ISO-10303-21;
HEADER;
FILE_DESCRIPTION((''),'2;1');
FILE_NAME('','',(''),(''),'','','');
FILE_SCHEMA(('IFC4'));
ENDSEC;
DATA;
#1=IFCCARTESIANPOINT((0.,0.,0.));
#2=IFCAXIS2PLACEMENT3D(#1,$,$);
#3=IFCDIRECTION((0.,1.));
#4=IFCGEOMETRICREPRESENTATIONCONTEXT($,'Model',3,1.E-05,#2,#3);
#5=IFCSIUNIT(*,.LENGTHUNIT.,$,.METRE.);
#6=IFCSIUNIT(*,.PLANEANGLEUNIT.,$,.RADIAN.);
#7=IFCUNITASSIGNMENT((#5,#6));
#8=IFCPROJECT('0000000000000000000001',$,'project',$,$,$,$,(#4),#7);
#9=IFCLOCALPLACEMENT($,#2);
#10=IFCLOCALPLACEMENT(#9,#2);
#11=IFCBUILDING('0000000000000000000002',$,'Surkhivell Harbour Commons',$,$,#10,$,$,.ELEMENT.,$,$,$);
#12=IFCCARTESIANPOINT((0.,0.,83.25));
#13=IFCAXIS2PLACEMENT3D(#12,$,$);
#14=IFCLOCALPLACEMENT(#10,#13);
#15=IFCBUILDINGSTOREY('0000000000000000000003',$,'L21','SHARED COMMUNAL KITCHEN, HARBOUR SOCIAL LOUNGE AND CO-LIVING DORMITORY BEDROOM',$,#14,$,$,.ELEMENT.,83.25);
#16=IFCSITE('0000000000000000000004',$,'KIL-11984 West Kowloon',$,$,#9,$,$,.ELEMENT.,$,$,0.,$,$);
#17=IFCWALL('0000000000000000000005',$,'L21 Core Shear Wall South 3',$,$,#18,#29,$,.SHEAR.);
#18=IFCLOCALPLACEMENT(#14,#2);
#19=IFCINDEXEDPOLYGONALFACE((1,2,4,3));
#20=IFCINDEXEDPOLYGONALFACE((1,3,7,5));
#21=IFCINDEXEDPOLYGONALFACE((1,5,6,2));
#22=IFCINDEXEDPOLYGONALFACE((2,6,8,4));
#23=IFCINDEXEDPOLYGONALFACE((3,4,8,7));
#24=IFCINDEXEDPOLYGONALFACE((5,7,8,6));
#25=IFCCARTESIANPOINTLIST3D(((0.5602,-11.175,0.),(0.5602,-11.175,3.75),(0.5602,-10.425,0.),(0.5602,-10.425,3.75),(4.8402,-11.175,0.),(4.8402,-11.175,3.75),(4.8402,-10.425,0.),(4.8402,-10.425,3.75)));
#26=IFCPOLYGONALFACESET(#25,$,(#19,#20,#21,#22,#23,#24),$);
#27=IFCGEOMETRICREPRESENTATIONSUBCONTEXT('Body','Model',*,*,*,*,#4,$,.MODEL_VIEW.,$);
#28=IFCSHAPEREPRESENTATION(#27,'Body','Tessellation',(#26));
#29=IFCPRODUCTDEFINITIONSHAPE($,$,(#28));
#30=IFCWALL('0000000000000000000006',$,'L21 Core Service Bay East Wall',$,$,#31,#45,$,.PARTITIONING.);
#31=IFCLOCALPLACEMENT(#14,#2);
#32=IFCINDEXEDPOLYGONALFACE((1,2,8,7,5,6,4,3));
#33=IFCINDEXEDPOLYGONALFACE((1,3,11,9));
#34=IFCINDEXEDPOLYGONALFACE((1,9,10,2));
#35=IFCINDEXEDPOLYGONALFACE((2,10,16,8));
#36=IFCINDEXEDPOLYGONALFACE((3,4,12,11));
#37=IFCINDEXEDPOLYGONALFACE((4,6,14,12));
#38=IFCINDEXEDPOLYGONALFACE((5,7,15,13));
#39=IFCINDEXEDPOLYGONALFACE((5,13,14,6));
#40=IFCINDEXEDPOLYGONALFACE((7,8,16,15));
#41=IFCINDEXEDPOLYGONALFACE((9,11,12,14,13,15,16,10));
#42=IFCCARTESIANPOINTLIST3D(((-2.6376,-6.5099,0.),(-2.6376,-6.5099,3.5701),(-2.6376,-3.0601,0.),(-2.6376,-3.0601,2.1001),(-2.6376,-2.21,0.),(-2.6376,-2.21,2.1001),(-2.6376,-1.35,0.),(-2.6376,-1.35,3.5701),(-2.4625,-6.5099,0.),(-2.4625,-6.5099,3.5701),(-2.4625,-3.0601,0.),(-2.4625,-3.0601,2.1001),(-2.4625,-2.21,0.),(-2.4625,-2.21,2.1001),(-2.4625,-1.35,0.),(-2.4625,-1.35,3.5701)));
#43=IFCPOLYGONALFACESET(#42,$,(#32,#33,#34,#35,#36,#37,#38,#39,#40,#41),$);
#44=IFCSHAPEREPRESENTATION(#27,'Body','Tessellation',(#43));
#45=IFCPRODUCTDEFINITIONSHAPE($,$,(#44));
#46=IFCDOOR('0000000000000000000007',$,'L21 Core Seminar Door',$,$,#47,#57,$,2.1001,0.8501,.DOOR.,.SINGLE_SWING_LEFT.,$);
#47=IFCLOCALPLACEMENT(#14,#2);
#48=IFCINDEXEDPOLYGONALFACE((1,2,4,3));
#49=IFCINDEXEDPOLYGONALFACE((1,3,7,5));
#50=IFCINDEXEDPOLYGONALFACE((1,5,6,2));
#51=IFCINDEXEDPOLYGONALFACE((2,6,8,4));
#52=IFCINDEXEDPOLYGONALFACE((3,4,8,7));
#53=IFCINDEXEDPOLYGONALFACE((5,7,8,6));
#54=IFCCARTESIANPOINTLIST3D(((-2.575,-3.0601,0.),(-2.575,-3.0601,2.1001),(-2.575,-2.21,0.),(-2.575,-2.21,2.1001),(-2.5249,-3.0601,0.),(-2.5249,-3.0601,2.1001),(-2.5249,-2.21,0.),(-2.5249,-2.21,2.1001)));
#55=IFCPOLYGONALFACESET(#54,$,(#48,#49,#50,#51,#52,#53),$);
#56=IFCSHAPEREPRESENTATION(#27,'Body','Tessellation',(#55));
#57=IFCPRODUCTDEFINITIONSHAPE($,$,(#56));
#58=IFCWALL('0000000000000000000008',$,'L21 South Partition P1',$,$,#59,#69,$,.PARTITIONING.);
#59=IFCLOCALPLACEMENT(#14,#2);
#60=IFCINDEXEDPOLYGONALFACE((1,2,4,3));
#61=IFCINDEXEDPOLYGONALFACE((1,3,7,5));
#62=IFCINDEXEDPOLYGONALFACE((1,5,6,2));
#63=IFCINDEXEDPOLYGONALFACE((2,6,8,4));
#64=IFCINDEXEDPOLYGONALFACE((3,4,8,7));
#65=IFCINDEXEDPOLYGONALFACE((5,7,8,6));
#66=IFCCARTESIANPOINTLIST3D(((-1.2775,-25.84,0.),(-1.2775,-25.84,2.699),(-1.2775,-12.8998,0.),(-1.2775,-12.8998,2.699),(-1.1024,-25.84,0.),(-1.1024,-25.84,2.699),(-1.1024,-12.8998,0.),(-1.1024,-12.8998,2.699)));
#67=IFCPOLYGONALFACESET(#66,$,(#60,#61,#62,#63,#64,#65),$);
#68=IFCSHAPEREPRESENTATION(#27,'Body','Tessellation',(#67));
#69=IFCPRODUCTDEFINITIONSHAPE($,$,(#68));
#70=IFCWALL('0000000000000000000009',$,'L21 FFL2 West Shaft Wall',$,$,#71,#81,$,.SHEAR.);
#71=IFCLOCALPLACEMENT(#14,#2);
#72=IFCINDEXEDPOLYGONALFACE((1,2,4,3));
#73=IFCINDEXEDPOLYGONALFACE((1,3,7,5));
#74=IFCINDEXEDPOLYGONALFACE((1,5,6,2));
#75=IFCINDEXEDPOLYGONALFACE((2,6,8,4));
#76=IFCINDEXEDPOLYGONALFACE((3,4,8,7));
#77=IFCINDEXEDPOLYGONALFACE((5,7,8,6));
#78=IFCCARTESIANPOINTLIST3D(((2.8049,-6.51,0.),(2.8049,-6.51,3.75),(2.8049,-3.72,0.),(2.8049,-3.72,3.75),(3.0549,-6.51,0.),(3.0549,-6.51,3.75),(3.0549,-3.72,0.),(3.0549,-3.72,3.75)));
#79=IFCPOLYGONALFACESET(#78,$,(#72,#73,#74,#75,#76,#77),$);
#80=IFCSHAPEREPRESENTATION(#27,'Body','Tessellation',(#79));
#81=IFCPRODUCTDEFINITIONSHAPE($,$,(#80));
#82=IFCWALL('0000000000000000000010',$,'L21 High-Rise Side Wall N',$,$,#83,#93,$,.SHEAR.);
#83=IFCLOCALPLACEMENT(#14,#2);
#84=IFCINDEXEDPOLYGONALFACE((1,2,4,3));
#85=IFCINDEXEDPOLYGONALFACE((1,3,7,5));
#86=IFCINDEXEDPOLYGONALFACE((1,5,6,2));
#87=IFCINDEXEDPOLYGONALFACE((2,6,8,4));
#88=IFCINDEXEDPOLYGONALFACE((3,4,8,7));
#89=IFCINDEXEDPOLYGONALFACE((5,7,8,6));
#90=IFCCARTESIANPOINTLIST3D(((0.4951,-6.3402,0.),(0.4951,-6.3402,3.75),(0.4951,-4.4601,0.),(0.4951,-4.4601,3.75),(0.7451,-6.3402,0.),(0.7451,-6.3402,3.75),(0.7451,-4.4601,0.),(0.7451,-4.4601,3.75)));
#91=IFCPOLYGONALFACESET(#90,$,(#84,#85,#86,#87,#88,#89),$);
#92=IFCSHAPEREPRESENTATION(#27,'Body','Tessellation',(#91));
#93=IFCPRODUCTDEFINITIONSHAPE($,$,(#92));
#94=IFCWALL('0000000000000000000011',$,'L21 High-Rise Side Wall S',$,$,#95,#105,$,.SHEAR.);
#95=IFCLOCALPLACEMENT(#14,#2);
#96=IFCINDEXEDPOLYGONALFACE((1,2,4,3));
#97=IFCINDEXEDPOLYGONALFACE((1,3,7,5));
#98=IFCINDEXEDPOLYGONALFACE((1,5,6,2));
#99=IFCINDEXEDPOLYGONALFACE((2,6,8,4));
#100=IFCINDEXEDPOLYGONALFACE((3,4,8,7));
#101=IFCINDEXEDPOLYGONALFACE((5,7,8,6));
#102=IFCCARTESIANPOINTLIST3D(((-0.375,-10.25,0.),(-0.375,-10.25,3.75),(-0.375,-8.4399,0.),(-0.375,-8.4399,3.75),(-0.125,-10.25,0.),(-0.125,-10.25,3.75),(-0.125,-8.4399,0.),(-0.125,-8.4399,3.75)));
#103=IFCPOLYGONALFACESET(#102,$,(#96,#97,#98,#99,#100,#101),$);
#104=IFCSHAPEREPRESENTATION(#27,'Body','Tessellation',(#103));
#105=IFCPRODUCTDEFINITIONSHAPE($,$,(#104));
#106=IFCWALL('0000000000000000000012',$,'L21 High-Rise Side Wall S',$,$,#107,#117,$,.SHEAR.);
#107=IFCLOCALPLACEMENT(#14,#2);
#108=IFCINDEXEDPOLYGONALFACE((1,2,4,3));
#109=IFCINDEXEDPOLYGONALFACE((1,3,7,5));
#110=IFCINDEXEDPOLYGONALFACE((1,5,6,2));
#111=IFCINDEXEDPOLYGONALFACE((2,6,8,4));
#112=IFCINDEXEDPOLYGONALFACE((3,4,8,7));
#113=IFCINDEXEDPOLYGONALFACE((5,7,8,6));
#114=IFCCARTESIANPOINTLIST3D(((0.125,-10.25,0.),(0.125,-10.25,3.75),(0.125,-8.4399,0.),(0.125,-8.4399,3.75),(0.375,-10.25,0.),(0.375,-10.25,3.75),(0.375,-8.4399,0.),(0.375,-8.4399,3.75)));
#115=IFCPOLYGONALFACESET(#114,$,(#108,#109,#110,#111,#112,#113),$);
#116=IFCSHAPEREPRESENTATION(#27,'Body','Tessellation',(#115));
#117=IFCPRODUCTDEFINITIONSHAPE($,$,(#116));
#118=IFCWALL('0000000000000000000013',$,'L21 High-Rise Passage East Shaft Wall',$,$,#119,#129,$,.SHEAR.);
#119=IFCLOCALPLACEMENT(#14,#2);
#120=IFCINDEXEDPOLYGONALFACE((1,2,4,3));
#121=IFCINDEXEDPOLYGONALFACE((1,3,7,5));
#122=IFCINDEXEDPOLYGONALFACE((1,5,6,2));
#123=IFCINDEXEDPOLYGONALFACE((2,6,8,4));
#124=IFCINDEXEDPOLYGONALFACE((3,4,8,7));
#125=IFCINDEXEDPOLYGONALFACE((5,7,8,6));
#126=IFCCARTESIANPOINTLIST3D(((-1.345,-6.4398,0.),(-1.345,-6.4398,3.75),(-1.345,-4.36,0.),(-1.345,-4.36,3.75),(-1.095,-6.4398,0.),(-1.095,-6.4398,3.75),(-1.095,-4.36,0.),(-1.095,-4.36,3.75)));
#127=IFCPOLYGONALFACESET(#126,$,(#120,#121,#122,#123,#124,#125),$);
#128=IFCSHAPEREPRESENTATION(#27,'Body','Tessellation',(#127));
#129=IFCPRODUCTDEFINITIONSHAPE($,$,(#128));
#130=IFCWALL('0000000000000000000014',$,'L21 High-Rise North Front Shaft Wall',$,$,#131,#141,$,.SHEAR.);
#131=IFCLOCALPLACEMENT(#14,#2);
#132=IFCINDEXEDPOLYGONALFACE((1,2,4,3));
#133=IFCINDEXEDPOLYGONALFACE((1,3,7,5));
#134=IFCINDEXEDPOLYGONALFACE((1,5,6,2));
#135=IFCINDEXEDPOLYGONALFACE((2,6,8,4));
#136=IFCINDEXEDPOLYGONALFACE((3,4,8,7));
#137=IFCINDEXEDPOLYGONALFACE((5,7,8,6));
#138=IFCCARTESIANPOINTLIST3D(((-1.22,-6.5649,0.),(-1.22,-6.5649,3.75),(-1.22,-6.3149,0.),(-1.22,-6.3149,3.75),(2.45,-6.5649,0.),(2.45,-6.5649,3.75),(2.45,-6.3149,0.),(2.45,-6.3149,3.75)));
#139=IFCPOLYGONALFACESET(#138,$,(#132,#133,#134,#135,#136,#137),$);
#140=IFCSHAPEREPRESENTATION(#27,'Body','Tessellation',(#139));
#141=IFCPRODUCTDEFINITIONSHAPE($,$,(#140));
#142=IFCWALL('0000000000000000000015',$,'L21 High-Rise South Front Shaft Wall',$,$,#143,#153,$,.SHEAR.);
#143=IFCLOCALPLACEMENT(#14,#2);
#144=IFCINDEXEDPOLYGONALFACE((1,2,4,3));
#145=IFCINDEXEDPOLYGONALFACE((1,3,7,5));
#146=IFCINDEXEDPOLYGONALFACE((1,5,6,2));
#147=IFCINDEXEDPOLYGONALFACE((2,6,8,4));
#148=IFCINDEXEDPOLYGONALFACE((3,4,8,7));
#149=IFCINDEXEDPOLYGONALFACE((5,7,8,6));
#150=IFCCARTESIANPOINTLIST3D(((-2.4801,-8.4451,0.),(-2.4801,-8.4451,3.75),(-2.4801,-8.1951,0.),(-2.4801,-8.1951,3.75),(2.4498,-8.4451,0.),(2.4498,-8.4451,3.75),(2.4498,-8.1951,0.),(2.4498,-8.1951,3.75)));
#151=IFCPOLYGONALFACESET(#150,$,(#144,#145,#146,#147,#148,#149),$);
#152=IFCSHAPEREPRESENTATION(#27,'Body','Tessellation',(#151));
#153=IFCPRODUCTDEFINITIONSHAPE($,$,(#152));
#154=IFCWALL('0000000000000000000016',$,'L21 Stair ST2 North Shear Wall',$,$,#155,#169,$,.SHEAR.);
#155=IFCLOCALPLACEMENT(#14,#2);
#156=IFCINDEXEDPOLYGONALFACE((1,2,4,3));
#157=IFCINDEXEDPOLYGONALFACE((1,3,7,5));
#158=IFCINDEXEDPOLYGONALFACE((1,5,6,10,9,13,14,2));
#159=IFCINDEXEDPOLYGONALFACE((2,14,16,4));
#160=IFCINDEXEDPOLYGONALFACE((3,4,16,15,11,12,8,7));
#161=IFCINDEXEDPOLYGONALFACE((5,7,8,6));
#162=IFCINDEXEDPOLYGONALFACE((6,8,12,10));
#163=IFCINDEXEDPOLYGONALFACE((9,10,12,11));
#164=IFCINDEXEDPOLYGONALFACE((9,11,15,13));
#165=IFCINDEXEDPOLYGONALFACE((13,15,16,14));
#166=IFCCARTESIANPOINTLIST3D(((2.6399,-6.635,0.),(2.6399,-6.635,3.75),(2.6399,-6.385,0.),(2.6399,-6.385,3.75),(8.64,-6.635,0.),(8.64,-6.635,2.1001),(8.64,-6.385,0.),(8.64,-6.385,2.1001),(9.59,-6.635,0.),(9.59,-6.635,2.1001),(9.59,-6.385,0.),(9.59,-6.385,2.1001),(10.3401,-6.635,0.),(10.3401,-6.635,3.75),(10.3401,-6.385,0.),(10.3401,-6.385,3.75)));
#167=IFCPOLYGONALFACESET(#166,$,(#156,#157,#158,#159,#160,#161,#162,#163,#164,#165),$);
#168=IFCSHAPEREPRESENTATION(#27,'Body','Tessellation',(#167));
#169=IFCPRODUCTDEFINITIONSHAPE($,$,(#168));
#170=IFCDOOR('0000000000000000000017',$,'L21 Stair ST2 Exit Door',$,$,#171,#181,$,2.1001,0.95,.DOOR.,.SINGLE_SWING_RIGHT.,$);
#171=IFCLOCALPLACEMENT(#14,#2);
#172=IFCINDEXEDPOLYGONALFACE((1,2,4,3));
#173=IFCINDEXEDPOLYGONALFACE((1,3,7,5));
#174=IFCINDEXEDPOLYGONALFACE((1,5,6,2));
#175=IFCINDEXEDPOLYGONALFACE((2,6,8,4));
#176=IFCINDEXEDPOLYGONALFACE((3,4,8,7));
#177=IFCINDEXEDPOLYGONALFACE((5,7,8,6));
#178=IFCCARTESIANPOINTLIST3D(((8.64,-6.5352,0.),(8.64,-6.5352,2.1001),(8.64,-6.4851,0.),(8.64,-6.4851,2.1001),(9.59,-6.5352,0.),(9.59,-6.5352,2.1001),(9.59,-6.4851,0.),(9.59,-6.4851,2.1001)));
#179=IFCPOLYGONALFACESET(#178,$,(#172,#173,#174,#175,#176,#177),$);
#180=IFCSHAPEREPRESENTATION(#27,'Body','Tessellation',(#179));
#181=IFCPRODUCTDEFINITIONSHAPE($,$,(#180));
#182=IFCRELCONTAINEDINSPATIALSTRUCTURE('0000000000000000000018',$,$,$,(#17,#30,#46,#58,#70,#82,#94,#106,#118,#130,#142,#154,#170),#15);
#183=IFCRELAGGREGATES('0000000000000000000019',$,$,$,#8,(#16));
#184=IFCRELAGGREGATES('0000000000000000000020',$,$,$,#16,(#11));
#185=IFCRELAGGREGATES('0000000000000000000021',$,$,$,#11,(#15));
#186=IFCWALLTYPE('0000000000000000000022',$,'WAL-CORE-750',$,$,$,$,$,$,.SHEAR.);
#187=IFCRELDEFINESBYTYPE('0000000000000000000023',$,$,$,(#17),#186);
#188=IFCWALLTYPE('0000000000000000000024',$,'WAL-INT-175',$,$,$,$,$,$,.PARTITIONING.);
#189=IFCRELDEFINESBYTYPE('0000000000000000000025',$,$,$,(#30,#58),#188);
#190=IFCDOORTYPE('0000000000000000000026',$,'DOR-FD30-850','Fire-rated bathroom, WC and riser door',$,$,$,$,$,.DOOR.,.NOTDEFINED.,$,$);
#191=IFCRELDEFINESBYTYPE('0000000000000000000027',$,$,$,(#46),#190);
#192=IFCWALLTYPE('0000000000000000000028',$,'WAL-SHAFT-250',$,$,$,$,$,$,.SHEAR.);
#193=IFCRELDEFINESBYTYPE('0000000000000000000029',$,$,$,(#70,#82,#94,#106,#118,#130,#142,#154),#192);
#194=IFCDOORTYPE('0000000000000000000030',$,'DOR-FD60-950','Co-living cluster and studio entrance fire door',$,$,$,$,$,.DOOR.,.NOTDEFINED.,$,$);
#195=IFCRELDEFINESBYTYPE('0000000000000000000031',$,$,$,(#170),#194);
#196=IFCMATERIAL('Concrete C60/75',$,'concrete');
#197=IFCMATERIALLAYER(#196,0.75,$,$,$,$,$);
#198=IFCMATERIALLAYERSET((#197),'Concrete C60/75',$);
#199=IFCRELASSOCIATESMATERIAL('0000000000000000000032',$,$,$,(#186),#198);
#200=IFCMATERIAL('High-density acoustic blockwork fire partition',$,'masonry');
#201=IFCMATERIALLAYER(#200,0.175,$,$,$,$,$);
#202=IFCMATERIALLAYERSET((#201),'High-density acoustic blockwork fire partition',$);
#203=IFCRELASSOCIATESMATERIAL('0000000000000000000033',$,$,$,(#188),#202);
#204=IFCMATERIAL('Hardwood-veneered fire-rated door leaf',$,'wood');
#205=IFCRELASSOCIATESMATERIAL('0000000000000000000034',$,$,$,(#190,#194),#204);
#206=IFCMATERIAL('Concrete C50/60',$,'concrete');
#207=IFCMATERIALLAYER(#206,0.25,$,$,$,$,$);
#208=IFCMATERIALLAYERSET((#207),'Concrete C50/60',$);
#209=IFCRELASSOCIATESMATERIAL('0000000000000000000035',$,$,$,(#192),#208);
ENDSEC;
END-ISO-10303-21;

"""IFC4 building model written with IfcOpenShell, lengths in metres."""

from ifc_helpers import new_model, si_unit, direction, frame, frame_2d, origin, place, context, subcontext, project, spatial, rectangle, extrude, material, layer, layer_set, type_object, element, fill, save


model = new_model("IFC4")

# Units and contexts
model_context = context("Model", 3, precision=1e-05, world=origin(), true_north=direction((0.0, 1.0)))
body_context = subcontext(model_context, "Body", "Model", "MODEL_VIEW")
ifc_project = project(units=[si_unit("LENGTHUNIT", "METRE"), si_unit("PLANEANGLEUNIT", "RADIAN")], contexts=[model_context])

# Site, building, storey
site_placement = place(None, origin())
site = spatial("IfcSite", under=ifc_project, at=site_placement, Name="KIL-11984 West Kowloon", CompositionType="ELEMENT", RefElevation=0.0)
building_placement = place(site_placement, origin())
building = spatial("IfcBuilding", under=site, at=building_placement, Name="Surkhivell Harbour Commons", CompositionType="ELEMENT")
storey_placement = place(building_placement, frame((0.0, 0.0, 83.25)))
storey = spatial("IfcBuildingStorey", under=building, at=storey_placement, Name="L21", Description="SHARED COMMUNAL KITCHEN, HARBOUR SOCIAL LOUNGE AND CO-LIVING DORMITORY BEDROOM", CompositionType="ELEMENT", Elevation=83.25)

# Shared definitions
ifc_material_1 = material(Name="Concrete C60/75", Category="concrete")

# Wall
ifc_layer_1 = layer(ifc_material_1, 0.75)
ifc_layer_set_1 = layer_set([ifc_layer_1], Name="Concrete C60/75")
wall_type_1 = type_object("IfcWallType", Name="WAL-CORE-750", PredefinedType="SHEAR", material=ifc_layer_set_1)
wall_1_placement = place(storey_placement, frame((0.5601, -10.8, 0.0), z_axis=(0.0, 0.0, 1.0), x_axis=(1.0, 0.0, 0.0)))
element("IfcWall", 1, at=wall_1_placement, inside=storey, type_object=wall_type_1, Name="L21 Core Shear Wall South 3", PredefinedType="SHEAR", context=body_context, shape_type="SweptSolid", body=[
    extrude(rectangle(XDim=4.28, YDim=0.75, at=frame_2d((2.1401, 0.0))), origin(), (0.0, 0.0, 1.0), 3.75),
])

# Wall, opening, door
ifc_material_2 = material(Name="High-density acoustic blockwork fire partition", Category="masonry")
ifc_layer_2 = layer(ifc_material_2, 0.175)
ifc_layer_set_2 = layer_set([ifc_layer_2], Name="High-density acoustic blockwork fire partition")
wall_type_2 = type_object("IfcWallType", Name="WAL-INT-175", PredefinedType="PARTITIONING", material=ifc_layer_set_2)
wall_2_placement = place(storey_placement, frame((-2.55, -6.51, 0.0), z_axis=(0.0, 0.0, 1.0), x_axis=(0.0, 1.0, 0.0)))
wall_2 = element("IfcWall", 2, at=wall_2_placement, inside=storey, type_object=wall_type_2, Name="L21 Core Service Bay East Wall", PredefinedType="PARTITIONING", context=body_context, shape_type="SweptSolid", body=[
    extrude(rectangle(XDim=5.1599, YDim=0.175, at=frame_2d((2.5801, 0.0))), origin(), (0.0, 0.0, 1.0), 3.5701),
])
opening_1_placement = place(wall_2_placement, frame((3.45, 0.0, 0.0)))
opening_1 = element("IfcOpeningElement", 3, at=opening_1_placement, cuts=wall_2, PredefinedType="OPENING", context=body_context, shape_type="SweptSolid", body=[
    extrude(rectangle(XDim=0.8501, YDim=2.1001, at=frame_2d((0.425, 1.05))), frame((0.0, 0.0974, 0.0), z_axis=(0.0, -1.0, 0.0), x_axis=(1.0, 0.0, 0.0)), (0.0, 0.0, 1.0), 0.1951),
])
ifc_material_3 = material(Name="Hardwood-veneered fire-rated door leaf", Category="wood")
door_type_1 = type_object("IfcDoorType", Name="DOR-FD30-850", Description="Fire-rated bathroom, WC and riser door", OperationType="NOTDEFINED", PredefinedType="DOOR", material=ifc_material_3)
door_1_placement = place(opening_1_placement, origin())
door_1 = element("IfcDoor", 4, at=door_1_placement, inside=storey, type_object=door_type_1, Name="L21 Core Seminar Door", OperationType="SINGLE_SWING_LEFT", OverallHeight=2.1001, OverallWidth=0.8501, PredefinedType="DOOR", context=body_context, shape_type="SweptSolid", body=[
    extrude(rectangle(XDim=0.8501, YDim=2.1001, at=frame_2d((0.425, 1.05))), frame((0.0, 0.0249, 0.0), z_axis=(0.0, -1.0, 0.0), x_axis=(1.0, 0.0, 0.0)), (0.0, 0.0, 1.0), 0.05),
])
fill(opening_1, door_1)

# Walls
wall_3_placement = place(storey_placement, frame((-1.1899, -25.8401, 0.0), z_axis=(0.0, 0.0, 1.0), x_axis=(0.0, 1.0, 0.0)))
element("IfcWall", 5, at=wall_3_placement, inside=storey, type_object=wall_type_2, Name="L21 South Partition P1", PredefinedType="PARTITIONING", context=body_context, shape_type="SweptSolid", body=[
    extrude(rectangle(XDim=12.9402, YDim=0.175, at=frame_2d((6.4702, 0.0))), origin(), (0.0, 0.0, 1.0), 2.699),
])
ifc_material_4 = material(Name="Concrete C50/60", Category="concrete")
ifc_layer_3 = layer(ifc_material_4, 0.25)
ifc_layer_set_3 = layer_set([ifc_layer_3], Name="Concrete C50/60")
wall_type_3 = type_object("IfcWallType", Name="WAL-SHAFT-250", PredefinedType="SHEAR", material=ifc_layer_set_3)
wall_4_placement = place(storey_placement, frame((2.9299, -6.51, 0.0), z_axis=(0.0, 0.0, 1.0), x_axis=(0.0, 1.0, 0.0)))
element("IfcWall", 6, at=wall_4_placement, inside=storey, type_object=wall_type_3, Name="L21 FFL2 West Shaft Wall", PredefinedType="SHEAR", context=body_context, shape_type="SweptSolid", body=[
    extrude(rectangle(XDim=2.79, YDim=0.25, at=frame_2d((1.395, 0.0))), origin(), (0.0, 0.0, 1.0), 3.75),
])
wall_5_placement = place(storey_placement, frame((0.6201, -6.3401, 0.0), z_axis=(0.0, 0.0, 1.0), x_axis=(0.0, 1.0, 0.0)))
element("IfcWall", 7, at=wall_5_placement, inside=storey, type_object=wall_type_3, Name="L21 High-Rise Side Wall N", PredefinedType="SHEAR", context=body_context, shape_type="SweptSolid", body=[
    extrude(rectangle(XDim=1.8801, YDim=0.25, at=frame_2d((0.9399, 0.0))), origin(), (0.0, 0.0, 1.0), 3.75),
])
for number, where, z_axis, x_axis, name in (
    (8, (-0.25, -10.25, 0.0), (0.0, 0.0, 1.0), (0.0, 1.0, 0.0), "L21 High-Rise Side Wall S"),
    (9, (0.25, -10.25, 0.0), (0.0, 0.0, 1.0), (0.0, 1.0, 0.0), "L21 High-Rise Side Wall S"),
):
    element("IfcWall", number, at=place(storey_placement, frame(where, z_axis=z_axis, x_axis=x_axis)), inside=storey, type_object=wall_type_3, Name=name, PredefinedType="SHEAR", context=body_context, shape_type="SweptSolid", body=[
        extrude(rectangle(XDim=1.8101, YDim=0.25, at=frame_2d((0.905, 0.0))), origin(), (0.0, 0.0, 1.0), 3.75),
    ])
wall_6_placement = place(storey_placement, frame((-1.22, -6.4399, 0.0), z_axis=(0.0, 0.0, 1.0), x_axis=(0.0, 1.0, 0.0)))
element("IfcWall", 10, at=wall_6_placement, inside=storey, type_object=wall_type_3, Name="L21 High-Rise Passage East Shaft Wall", PredefinedType="SHEAR", context=body_context, shape_type="SweptSolid", body=[
    extrude(rectangle(XDim=2.0798, YDim=0.25, at=frame_2d((1.04, 0.0))), origin(), (0.0, 0.0, 1.0), 3.75),
])
wall_7_placement = place(storey_placement, frame((-1.22, -6.4399, 0.0), z_axis=(0.0, 0.0, 1.0), x_axis=(1.0, 0.0, 0.0)))
element("IfcWall", 11, at=wall_7_placement, inside=storey, type_object=wall_type_3, Name="L21 High-Rise North Front Shaft Wall", PredefinedType="SHEAR", context=body_context, shape_type="SweptSolid", body=[
    extrude(rectangle(XDim=3.6699, YDim=0.25, at=frame_2d((1.835, 0.0))), origin(), (0.0, 0.0, 1.0), 3.75),
])
wall_8_placement = place(storey_placement, frame((-2.48, -8.3201, 0.0), z_axis=(0.0, 0.0, 1.0), x_axis=(1.0, 0.0, 0.0)))
element("IfcWall", 12, at=wall_8_placement, inside=storey, type_object=wall_type_3, Name="L21 High-Rise South Front Shaft Wall", PredefinedType="SHEAR", context=body_context, shape_type="SweptSolid", body=[
    extrude(rectangle(XDim=4.9299, YDim=0.25, at=frame_2d((2.4648, 0.0))), origin(), (0.0, 0.0, 1.0), 3.75),
])

# Wall, opening, door
wall_9_placement = place(storey_placement, frame((2.6399, -6.51, 0.0), z_axis=(0.0, 0.0, 1.0), x_axis=(1.0, 0.0, 0.0)))
wall_9 = element("IfcWall", 13, at=wall_9_placement, inside=storey, type_object=wall_type_3, Name="L21 Stair ST2 North Shear Wall", PredefinedType="SHEAR", context=body_context, shape_type="SweptSolid", body=[
    extrude(rectangle(XDim=7.7002, YDim=0.25, at=frame_2d((3.8501, 0.0))), origin(), (0.0, 0.0, 1.0), 3.75),
])
opening_2_placement = place(wall_9_placement, frame((6.0, 0.0, 0.0)))
opening_2 = element("IfcOpeningElement", 14, at=opening_2_placement, cuts=wall_9, PredefinedType="OPENING", context=body_context, shape_type="SweptSolid", body=[
    extrude(rectangle(XDim=0.95, YDim=2.1001, at=frame_2d((0.4751, 1.05))), frame((0.0, 0.135, 0.0), z_axis=(0.0, -1.0, 0.0), x_axis=(1.0, 0.0, 0.0)), (0.0, 0.0, 1.0), 0.27),
])
door_type_2 = type_object("IfcDoorType", Name="DOR-FD60-950", Description="Co-living cluster and studio entrance fire door", OperationType="NOTDEFINED", PredefinedType="DOOR", material=ifc_material_3)
door_2_placement = place(opening_2_placement, origin())
door_2 = element("IfcDoor", 15, at=door_2_placement, inside=storey, type_object=door_type_2, Name="L21 Stair ST2 Exit Door", OperationType="SINGLE_SWING_RIGHT", OverallHeight=2.1001, OverallWidth=0.95, PredefinedType="DOOR", context=body_context, shape_type="SweptSolid", body=[
    extrude(rectangle(XDim=0.95, YDim=2.1001, at=frame_2d((0.4751, 1.05))), frame((0.0, 0.0249, 0.0), z_axis=(0.0, -1.0, 0.0), x_axis=(1.0, 0.0, 0.0)), (0.0, 0.0, 1.0), 0.05),
])
fill(opening_2, door_2)

save(model, "model.ifc")
